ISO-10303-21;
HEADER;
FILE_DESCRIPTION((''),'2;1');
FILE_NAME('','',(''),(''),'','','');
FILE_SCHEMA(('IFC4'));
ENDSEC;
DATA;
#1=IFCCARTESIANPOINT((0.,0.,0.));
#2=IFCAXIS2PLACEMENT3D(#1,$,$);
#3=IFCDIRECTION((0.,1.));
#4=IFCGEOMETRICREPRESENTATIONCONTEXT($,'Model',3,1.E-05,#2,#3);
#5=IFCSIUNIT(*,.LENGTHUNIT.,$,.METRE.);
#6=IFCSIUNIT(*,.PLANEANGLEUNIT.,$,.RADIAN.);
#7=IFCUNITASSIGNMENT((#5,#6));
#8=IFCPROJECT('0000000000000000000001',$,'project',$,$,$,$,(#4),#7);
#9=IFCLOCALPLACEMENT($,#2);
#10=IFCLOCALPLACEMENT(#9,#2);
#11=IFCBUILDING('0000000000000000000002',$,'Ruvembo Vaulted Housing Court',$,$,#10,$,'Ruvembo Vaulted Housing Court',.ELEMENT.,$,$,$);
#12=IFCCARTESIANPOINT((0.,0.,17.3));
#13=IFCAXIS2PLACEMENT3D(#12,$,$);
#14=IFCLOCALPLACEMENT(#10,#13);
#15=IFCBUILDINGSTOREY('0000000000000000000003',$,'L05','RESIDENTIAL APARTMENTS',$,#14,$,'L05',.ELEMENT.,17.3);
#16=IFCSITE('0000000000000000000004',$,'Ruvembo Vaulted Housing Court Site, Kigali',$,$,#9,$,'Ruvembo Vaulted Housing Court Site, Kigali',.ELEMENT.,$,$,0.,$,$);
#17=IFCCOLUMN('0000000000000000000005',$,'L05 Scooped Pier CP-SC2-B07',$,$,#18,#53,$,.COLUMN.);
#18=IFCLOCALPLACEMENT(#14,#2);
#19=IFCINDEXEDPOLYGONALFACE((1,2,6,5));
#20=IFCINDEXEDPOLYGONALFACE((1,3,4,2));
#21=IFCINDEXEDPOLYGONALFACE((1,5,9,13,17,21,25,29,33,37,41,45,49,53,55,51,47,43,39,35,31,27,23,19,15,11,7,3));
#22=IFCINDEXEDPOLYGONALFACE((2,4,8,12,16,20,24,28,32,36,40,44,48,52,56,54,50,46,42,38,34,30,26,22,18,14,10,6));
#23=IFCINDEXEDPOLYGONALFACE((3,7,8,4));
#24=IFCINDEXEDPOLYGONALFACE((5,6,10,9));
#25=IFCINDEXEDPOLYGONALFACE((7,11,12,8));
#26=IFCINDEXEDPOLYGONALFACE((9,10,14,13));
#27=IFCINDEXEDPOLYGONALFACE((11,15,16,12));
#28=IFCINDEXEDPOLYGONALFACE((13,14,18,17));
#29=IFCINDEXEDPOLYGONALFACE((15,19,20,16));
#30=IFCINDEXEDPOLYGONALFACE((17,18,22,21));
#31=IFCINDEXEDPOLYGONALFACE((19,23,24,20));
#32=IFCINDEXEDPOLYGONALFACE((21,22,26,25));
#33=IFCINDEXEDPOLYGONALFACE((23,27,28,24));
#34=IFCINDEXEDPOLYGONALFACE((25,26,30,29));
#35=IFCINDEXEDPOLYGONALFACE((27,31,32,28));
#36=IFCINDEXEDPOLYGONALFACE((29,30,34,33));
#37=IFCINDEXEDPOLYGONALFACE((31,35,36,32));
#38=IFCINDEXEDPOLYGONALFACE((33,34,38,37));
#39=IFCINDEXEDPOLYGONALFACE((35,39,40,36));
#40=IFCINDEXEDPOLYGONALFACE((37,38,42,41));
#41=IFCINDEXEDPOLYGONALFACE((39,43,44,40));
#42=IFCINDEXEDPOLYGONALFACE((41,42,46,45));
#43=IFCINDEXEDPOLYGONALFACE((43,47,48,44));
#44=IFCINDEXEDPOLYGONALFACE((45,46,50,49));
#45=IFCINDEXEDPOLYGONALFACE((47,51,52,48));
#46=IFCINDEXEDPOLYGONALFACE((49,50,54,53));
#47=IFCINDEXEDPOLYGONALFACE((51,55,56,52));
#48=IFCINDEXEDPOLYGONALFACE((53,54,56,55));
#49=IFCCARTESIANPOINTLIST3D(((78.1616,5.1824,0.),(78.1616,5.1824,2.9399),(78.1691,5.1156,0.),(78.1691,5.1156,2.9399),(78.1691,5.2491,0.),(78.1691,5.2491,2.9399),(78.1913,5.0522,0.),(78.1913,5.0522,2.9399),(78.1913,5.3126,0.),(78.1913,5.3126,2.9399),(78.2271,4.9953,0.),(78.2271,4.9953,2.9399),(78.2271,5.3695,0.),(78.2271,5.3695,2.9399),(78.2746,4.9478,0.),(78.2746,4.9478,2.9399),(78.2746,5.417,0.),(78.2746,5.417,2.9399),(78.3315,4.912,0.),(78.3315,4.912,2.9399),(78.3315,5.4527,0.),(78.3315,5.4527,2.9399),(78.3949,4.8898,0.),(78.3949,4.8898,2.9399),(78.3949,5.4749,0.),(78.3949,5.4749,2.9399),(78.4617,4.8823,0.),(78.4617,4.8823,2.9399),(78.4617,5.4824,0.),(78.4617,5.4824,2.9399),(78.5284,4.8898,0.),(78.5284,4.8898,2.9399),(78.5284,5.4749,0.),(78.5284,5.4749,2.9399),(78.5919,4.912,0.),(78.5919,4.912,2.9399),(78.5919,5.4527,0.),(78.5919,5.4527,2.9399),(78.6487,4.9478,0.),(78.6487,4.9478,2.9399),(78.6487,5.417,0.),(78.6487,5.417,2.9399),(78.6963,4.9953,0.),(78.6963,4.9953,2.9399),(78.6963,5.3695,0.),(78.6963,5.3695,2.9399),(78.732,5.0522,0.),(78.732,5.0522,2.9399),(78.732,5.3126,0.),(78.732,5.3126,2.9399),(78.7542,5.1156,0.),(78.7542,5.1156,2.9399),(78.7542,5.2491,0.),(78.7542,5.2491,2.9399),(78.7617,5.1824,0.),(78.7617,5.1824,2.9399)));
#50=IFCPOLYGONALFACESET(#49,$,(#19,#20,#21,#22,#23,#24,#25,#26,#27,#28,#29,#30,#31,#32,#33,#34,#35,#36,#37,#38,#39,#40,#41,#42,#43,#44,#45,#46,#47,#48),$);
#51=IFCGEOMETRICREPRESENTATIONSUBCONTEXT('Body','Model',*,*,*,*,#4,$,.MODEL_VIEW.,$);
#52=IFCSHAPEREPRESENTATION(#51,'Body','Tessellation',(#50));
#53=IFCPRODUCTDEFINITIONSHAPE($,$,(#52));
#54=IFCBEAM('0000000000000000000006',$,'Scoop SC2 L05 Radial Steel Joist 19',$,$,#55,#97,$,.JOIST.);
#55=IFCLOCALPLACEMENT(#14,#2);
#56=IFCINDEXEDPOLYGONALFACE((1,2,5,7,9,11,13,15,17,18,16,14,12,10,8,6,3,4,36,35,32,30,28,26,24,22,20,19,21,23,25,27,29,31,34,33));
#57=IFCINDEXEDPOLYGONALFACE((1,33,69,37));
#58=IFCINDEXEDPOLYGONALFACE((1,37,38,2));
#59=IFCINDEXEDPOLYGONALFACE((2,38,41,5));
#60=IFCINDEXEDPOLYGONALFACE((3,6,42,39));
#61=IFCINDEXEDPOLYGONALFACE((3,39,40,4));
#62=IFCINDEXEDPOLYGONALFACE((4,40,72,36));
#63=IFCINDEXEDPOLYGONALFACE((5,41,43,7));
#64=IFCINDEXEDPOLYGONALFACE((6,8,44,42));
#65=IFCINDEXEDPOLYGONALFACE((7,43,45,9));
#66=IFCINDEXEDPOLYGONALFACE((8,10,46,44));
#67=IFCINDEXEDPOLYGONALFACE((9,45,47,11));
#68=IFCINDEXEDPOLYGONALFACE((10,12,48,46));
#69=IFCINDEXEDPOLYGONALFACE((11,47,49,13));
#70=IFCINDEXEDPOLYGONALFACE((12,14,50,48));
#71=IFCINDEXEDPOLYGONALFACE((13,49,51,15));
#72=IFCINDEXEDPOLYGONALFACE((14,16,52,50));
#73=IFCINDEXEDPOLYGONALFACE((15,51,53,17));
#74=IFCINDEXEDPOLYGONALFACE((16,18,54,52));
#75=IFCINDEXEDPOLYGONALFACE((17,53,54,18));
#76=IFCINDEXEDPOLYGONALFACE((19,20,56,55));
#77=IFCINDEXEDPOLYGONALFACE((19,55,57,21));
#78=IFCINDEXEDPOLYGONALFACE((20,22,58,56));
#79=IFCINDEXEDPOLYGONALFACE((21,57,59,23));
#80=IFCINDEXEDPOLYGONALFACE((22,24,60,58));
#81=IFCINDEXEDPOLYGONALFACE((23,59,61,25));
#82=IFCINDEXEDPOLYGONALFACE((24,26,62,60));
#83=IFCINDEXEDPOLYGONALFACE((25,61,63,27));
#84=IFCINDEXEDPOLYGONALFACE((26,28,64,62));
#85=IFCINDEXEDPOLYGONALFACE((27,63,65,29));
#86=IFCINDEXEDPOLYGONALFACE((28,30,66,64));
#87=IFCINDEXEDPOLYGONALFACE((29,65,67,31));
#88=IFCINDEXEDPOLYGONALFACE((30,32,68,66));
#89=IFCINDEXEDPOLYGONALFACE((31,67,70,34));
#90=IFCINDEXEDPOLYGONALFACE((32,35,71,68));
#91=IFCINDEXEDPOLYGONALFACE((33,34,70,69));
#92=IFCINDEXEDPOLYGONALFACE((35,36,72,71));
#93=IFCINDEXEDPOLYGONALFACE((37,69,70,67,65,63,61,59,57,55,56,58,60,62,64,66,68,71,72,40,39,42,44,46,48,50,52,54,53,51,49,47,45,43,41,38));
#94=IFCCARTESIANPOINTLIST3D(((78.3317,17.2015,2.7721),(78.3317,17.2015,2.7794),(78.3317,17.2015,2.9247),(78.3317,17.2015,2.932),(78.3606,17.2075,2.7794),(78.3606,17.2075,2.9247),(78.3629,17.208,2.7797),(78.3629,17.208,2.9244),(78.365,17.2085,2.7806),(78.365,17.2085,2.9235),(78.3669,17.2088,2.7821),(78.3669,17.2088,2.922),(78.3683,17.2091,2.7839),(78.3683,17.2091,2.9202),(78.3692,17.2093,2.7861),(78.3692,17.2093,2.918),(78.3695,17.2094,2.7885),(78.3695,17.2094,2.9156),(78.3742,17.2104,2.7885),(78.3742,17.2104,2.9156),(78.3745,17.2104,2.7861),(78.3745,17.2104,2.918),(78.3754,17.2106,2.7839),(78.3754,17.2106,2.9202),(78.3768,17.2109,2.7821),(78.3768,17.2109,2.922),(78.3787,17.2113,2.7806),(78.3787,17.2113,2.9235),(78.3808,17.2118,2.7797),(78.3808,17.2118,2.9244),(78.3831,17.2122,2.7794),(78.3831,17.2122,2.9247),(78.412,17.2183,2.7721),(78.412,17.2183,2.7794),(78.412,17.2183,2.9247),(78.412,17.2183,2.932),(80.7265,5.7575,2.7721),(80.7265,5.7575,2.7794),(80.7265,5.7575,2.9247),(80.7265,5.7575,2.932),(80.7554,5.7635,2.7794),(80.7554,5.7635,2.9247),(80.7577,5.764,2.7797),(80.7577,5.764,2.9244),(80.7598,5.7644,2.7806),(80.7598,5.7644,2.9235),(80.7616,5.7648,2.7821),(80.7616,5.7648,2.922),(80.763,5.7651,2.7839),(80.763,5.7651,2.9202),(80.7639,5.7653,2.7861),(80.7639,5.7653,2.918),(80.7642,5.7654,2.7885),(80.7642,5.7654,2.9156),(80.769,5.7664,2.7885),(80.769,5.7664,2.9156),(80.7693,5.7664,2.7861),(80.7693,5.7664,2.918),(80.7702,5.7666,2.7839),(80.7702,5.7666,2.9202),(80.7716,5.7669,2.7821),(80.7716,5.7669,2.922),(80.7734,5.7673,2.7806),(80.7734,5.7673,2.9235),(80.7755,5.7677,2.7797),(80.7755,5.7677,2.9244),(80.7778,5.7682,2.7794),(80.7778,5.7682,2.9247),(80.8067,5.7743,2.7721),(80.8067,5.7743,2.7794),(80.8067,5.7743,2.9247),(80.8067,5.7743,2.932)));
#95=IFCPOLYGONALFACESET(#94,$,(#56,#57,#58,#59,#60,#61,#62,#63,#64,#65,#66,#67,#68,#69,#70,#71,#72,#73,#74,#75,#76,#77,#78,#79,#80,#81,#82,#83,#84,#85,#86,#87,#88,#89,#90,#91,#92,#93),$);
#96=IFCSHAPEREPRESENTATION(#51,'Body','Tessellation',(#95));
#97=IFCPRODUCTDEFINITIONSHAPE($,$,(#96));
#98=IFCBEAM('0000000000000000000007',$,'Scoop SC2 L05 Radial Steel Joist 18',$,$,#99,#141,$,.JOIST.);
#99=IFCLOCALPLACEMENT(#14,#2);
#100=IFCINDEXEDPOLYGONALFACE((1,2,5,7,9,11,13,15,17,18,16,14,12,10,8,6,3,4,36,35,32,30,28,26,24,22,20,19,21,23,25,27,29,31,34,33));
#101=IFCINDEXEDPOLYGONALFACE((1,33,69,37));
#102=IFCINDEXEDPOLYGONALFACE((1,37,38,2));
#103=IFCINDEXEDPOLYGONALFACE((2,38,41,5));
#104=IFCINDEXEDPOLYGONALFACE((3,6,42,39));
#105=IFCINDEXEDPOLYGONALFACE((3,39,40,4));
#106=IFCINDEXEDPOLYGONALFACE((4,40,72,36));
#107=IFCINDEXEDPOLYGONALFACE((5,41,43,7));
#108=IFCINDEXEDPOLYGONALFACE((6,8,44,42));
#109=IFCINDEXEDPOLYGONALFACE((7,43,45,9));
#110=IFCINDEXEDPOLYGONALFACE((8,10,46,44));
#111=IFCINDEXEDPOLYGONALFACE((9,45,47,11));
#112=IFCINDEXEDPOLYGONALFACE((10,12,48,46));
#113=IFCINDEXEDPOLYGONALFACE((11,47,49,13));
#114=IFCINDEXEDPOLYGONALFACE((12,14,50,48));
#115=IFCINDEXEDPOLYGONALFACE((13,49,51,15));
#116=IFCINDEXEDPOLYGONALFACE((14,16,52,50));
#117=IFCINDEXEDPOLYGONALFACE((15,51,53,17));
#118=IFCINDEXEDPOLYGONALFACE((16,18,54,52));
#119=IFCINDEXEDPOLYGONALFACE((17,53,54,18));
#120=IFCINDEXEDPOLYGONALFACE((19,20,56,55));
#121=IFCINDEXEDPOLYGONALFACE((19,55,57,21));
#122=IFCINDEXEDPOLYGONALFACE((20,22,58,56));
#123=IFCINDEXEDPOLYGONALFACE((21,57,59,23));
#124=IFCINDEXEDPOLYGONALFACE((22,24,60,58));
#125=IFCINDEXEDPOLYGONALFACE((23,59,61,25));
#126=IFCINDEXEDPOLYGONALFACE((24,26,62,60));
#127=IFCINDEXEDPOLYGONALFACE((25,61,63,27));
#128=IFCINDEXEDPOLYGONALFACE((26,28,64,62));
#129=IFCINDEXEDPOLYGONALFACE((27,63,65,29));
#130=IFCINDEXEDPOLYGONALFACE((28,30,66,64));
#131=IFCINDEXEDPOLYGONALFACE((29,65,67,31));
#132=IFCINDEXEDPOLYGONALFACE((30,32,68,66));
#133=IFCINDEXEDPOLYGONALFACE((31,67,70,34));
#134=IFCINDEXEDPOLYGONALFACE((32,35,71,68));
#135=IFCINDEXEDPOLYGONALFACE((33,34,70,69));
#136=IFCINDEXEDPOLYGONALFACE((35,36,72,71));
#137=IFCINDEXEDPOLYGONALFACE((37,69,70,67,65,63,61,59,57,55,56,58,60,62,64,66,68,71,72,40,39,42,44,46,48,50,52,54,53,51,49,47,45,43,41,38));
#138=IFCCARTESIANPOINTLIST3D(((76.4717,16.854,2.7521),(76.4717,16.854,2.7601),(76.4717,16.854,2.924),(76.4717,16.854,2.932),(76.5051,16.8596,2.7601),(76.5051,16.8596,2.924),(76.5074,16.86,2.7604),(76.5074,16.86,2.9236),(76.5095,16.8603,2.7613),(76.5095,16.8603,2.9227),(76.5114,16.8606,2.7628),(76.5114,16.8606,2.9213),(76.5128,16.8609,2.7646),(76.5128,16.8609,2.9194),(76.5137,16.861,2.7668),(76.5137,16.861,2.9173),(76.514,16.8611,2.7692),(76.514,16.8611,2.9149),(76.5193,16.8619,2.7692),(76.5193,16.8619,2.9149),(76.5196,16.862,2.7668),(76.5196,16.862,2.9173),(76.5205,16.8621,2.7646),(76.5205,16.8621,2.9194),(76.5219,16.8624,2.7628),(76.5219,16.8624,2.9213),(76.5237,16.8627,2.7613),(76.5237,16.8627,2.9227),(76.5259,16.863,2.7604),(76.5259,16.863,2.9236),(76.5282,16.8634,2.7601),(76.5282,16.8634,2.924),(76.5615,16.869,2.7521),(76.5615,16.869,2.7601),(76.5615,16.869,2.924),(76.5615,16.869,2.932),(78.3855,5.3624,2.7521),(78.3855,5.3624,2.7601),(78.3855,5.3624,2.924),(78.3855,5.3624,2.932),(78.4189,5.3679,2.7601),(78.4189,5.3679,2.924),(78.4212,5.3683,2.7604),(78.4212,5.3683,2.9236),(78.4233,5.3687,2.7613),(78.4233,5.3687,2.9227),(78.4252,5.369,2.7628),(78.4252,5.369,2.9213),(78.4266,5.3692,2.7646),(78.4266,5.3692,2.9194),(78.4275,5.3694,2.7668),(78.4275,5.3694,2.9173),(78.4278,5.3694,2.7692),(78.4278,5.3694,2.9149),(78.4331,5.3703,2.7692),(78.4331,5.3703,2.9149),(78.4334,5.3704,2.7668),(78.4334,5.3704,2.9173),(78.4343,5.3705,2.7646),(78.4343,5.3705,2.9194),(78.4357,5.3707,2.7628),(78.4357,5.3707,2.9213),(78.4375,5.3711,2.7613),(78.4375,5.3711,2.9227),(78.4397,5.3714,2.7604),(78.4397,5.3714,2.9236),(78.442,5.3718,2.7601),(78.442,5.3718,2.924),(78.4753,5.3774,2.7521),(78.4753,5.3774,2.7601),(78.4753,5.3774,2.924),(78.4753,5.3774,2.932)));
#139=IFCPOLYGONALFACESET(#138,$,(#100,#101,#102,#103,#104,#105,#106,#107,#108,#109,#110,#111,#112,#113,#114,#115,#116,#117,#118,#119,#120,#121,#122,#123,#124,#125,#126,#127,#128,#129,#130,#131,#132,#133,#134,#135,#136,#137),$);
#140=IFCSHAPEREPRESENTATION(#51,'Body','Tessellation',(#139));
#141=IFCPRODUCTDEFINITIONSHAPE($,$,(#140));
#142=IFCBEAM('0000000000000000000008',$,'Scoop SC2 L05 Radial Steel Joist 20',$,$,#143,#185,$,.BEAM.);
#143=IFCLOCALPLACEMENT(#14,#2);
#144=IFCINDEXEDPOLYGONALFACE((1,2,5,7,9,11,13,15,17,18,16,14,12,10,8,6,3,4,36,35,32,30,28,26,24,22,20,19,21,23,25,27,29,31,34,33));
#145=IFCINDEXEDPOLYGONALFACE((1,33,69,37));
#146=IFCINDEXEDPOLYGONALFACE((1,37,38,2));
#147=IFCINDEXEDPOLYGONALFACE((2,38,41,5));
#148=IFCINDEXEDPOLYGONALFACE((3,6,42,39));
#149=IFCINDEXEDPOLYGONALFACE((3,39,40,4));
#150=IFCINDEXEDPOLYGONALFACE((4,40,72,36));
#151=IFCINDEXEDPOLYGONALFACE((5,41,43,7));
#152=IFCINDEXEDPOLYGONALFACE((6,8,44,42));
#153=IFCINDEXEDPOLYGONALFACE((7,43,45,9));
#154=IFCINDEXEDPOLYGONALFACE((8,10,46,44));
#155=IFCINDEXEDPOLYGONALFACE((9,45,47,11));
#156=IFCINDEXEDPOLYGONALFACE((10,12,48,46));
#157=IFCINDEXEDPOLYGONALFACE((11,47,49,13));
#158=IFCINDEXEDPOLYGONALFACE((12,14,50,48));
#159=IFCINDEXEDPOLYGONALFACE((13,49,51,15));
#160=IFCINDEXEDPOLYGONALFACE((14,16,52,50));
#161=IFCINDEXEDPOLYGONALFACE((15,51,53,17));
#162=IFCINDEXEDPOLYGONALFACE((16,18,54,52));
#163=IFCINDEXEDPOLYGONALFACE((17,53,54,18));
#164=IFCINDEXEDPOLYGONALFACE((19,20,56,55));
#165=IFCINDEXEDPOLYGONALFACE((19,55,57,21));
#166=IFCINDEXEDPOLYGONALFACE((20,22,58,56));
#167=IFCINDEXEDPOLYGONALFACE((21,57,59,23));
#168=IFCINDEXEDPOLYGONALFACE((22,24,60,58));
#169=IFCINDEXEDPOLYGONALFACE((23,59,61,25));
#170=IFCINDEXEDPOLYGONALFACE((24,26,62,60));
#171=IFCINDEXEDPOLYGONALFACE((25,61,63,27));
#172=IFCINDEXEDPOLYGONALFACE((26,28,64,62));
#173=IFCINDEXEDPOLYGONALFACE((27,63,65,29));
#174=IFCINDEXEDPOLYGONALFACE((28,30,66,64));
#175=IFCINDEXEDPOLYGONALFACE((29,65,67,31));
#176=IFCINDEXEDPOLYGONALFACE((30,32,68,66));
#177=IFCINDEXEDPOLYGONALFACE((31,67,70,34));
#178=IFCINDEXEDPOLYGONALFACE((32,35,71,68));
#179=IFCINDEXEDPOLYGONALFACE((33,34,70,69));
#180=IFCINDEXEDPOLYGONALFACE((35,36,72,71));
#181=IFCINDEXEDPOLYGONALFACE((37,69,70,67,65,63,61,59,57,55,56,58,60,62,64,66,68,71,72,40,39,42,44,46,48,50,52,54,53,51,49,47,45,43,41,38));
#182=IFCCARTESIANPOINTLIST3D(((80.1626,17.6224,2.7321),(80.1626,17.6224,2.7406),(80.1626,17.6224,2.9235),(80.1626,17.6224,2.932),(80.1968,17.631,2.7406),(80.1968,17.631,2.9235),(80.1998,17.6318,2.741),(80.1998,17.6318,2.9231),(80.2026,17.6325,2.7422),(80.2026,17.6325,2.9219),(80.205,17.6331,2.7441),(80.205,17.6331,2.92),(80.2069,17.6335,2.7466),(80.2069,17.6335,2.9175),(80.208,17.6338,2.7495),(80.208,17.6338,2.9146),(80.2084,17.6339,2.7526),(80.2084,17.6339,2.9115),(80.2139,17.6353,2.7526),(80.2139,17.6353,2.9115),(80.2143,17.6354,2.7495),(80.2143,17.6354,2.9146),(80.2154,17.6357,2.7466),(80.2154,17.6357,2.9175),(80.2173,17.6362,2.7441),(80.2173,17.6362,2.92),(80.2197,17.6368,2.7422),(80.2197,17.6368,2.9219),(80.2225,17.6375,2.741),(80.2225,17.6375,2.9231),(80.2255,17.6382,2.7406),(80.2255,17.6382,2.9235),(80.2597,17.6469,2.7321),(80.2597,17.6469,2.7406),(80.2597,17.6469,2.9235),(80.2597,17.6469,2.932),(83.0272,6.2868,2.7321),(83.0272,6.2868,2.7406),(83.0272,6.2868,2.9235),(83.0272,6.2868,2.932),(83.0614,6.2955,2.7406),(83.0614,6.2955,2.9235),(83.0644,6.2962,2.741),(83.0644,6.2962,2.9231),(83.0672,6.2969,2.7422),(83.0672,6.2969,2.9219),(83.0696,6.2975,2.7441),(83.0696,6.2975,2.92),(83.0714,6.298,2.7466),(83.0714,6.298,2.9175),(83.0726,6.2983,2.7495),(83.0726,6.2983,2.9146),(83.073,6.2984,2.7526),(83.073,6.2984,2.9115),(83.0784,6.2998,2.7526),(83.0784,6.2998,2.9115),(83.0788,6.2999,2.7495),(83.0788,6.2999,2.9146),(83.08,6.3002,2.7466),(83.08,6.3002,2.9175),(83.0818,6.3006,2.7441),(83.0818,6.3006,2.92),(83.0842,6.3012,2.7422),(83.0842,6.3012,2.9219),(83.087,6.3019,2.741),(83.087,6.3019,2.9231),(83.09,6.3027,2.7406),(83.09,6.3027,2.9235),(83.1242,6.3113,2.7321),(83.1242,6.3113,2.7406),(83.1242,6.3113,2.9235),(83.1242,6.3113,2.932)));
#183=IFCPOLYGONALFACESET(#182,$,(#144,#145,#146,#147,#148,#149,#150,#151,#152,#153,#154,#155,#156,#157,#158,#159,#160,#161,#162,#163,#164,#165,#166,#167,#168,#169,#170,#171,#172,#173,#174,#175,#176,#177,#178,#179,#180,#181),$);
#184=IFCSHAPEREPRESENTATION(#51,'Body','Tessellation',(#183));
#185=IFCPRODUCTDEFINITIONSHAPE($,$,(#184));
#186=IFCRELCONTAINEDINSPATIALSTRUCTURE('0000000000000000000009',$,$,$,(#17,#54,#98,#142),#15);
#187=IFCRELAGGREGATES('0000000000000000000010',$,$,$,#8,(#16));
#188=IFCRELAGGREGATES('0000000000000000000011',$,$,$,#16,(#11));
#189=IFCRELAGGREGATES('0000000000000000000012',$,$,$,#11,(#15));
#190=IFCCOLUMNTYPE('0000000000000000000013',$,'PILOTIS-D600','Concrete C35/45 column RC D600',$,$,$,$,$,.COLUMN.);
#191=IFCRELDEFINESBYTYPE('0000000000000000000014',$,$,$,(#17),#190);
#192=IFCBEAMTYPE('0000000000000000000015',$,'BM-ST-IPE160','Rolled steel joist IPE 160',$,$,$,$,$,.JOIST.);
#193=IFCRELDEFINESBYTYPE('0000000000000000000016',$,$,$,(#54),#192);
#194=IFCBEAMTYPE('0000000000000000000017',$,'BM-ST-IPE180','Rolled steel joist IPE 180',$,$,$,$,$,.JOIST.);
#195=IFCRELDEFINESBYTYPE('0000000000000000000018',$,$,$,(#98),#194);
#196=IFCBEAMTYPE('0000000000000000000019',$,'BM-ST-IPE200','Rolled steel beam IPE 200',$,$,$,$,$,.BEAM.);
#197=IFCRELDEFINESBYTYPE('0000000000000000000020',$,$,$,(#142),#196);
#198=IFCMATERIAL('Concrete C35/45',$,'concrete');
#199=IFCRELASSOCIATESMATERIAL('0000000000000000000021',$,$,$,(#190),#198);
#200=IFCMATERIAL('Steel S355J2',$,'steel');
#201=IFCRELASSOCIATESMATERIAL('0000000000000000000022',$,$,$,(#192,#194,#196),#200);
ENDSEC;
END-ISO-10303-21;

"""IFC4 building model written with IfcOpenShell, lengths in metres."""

from ifc_helpers import new_model, si_unit, direction, frame, origin, origin_2d, place, context, subcontext, project, spatial, circle, i_section, extrude, material, material_profile, profile_set, type_object, element, save


model = new_model("IFC4")

# Units and contexts
model_context = context("Model", 3, precision=1e-05, world=origin(), true_north=direction((0.0, 1.0)))
body_context = subcontext(model_context, "Body", "Model", "MODEL_VIEW")
ifc_project = project(units=[si_unit("LENGTHUNIT", "METRE"), si_unit("PLANEANGLEUNIT", "RADIAN")], contexts=[model_context])

# Site, building, storey
site_placement = place(None, origin())
site = spatial("IfcSite", under=ifc_project, at=site_placement, Name="Ruvembo Vaulted Housing Court Site, Kigali", LongName="Ruvembo Vaulted Housing Court Site, Kigali", CompositionType="ELEMENT", RefElevation=0.0)
building_placement = place(site_placement, origin())
building = spatial("IfcBuilding", under=site, at=building_placement, Name="Ruvembo Vaulted Housing Court", LongName="Ruvembo Vaulted Housing Court", CompositionType="ELEMENT")
storey_placement = place(building_placement, frame((0.0, 0.0, 17.3)))
storey = spatial("IfcBuildingStorey", under=building, at=storey_placement, Name="L05", Description="RESIDENTIAL APARTMENTS", LongName="L05", CompositionType="ELEMENT", Elevation=17.3)

# Column
ifc_material_1 = material(Name="Concrete C35/45", Category="concrete")
ifc_material_profile_1 = material_profile(ifc_material_1, circle(Radius=0.3, at=origin_2d()), Name="RC D600")
ifc_profile_set_1 = profile_set([ifc_material_profile_1], Name="Concrete C35/45")
column_type = type_object("IfcColumnType", Name="PILOTIS-D600", Description="Concrete C35/45 column RC D600", PredefinedType="COLUMN", material=ifc_profile_set_1)
column_placement = place(storey_placement, frame((78.4617, 5.1824, 0.0), z_axis=(0.0, 0.0, 1.0), x_axis=(1.0, 0.0, 0.0)))
element("IfcColumn", 1, at=column_placement, inside=storey, type_object=column_type, Name="L05 Scooped Pier CP-SC2-B07", PredefinedType="COLUMN", context=body_context, shape_type="SweptSolid", body=[
    extrude(circle(Radius=0.3, at=origin_2d()), origin(), (0.0, 0.0, 1.0), 2.9399),
])

# Beams
ifc_material_2 = material(Name="Steel S355J2", Category="steel")
ifc_material_profile_2 = material_profile(ifc_material_2, i_section(OverallWidth=0.082, OverallDepth=0.1599, WebThickness=0.0049, FlangeThickness=0.0073, FilletRadius=0.009, at=origin_2d()), Name="IPE 160")
ifc_profile_set_2 = profile_set([ifc_material_profile_2], Name="Steel S355J2")
beam_type_1 = type_object("IfcBeamType", Name="BM-ST-IPE160", Description="Rolled steel joist IPE 160", PredefinedType="JOIST", material=ifc_profile_set_2)
beam_1_placement = place(storey_placement, frame((80.7666, 5.7659, 2.8521), z_axis=(-0.204822, 0.978799, 0.0), x_axis=(-0.978799, -0.204822, 0.0)))
element("IfcBeam", 2, at=beam_1_placement, inside=storey, type_object=beam_type_1, Name="Scoop SC2 L05 Radial Steel Joist 19", PredefinedType="JOIST", context=body_context, shape_type="SweptSolid", body=[
    extrude(i_section(OverallWidth=0.082, OverallDepth=0.1599, WebThickness=0.0049, FlangeThickness=0.0073, FilletRadius=0.009, at=origin_2d()), origin(), (0.0, 0.0, 1.0), 11.6919),
])
ifc_material_profile_3 = material_profile(ifc_material_2, i_section(OverallWidth=0.0911, OverallDepth=0.1799, WebThickness=0.0054, FlangeThickness=0.0081, FilletRadius=0.009, at=origin_2d()), Name="IPE 180")
ifc_profile_set_3 = profile_set([ifc_material_profile_3], Name="Steel S355J2")
beam_type_2 = type_object("IfcBeamType", Name="BM-ST-IPE180", Description="Rolled steel joist IPE 180", PredefinedType="JOIST", material=ifc_profile_set_3)
beam_2_placement = place(storey_placement, frame((78.4304, 5.3699, 2.842), z_axis=(-0.164277, 0.986414, 0.0), x_axis=(-0.986414, -0.164277, 0.0)))
element("IfcBeam", 3, at=beam_2_placement, inside=storey, type_object=beam_type_2, Name="Scoop SC2 L05 Radial Steel Joist 18", PredefinedType="JOIST", context=body_context, shape_type="SweptSolid", body=[
    extrude(i_section(OverallWidth=0.0911, OverallDepth=0.1799, WebThickness=0.0054, FlangeThickness=0.0081, FilletRadius=0.009, at=origin_2d()), origin(), (0.0, 0.0, 1.0), 11.6499),
])
ifc_material_profile_4 = material_profile(ifc_material_2, i_section(OverallWidth=0.1001, OverallDepth=0.2, WebThickness=0.0056, FlangeThickness=0.0085, FilletRadius=0.012, at=origin_2d()), Name="IPE 200")
ifc_profile_set_4 = profile_set([ifc_material_profile_4], Name="Steel S355J2")
beam_type_3 = type_object("IfcBeamType", Name="BM-ST-IPE200", Description="Rolled steel beam IPE 200", PredefinedType="BEAM", material=ifc_profile_set_4)
beam_3_placement = place(storey_placement, frame((83.0757, 6.2991, 2.832), z_axis=(-0.245001, 0.969523, 0.0), x_axis=(-0.969523, -0.245001, 0.0)))
element("IfcBeam", 4, at=beam_3_placement, inside=storey, type_object=beam_type_3, Name="Scoop SC2 L05 Radial Steel Joist 20", PredefinedType="BEAM", context=body_context, shape_type="SweptSolid", body=[
    extrude(i_section(OverallWidth=0.1001, OverallDepth=0.2, WebThickness=0.0056, FlangeThickness=0.0085, FilletRadius=0.012, at=origin_2d()), origin(), (0.0, 0.0, 1.0), 11.6919),
])

save(model, "model.ifc")
